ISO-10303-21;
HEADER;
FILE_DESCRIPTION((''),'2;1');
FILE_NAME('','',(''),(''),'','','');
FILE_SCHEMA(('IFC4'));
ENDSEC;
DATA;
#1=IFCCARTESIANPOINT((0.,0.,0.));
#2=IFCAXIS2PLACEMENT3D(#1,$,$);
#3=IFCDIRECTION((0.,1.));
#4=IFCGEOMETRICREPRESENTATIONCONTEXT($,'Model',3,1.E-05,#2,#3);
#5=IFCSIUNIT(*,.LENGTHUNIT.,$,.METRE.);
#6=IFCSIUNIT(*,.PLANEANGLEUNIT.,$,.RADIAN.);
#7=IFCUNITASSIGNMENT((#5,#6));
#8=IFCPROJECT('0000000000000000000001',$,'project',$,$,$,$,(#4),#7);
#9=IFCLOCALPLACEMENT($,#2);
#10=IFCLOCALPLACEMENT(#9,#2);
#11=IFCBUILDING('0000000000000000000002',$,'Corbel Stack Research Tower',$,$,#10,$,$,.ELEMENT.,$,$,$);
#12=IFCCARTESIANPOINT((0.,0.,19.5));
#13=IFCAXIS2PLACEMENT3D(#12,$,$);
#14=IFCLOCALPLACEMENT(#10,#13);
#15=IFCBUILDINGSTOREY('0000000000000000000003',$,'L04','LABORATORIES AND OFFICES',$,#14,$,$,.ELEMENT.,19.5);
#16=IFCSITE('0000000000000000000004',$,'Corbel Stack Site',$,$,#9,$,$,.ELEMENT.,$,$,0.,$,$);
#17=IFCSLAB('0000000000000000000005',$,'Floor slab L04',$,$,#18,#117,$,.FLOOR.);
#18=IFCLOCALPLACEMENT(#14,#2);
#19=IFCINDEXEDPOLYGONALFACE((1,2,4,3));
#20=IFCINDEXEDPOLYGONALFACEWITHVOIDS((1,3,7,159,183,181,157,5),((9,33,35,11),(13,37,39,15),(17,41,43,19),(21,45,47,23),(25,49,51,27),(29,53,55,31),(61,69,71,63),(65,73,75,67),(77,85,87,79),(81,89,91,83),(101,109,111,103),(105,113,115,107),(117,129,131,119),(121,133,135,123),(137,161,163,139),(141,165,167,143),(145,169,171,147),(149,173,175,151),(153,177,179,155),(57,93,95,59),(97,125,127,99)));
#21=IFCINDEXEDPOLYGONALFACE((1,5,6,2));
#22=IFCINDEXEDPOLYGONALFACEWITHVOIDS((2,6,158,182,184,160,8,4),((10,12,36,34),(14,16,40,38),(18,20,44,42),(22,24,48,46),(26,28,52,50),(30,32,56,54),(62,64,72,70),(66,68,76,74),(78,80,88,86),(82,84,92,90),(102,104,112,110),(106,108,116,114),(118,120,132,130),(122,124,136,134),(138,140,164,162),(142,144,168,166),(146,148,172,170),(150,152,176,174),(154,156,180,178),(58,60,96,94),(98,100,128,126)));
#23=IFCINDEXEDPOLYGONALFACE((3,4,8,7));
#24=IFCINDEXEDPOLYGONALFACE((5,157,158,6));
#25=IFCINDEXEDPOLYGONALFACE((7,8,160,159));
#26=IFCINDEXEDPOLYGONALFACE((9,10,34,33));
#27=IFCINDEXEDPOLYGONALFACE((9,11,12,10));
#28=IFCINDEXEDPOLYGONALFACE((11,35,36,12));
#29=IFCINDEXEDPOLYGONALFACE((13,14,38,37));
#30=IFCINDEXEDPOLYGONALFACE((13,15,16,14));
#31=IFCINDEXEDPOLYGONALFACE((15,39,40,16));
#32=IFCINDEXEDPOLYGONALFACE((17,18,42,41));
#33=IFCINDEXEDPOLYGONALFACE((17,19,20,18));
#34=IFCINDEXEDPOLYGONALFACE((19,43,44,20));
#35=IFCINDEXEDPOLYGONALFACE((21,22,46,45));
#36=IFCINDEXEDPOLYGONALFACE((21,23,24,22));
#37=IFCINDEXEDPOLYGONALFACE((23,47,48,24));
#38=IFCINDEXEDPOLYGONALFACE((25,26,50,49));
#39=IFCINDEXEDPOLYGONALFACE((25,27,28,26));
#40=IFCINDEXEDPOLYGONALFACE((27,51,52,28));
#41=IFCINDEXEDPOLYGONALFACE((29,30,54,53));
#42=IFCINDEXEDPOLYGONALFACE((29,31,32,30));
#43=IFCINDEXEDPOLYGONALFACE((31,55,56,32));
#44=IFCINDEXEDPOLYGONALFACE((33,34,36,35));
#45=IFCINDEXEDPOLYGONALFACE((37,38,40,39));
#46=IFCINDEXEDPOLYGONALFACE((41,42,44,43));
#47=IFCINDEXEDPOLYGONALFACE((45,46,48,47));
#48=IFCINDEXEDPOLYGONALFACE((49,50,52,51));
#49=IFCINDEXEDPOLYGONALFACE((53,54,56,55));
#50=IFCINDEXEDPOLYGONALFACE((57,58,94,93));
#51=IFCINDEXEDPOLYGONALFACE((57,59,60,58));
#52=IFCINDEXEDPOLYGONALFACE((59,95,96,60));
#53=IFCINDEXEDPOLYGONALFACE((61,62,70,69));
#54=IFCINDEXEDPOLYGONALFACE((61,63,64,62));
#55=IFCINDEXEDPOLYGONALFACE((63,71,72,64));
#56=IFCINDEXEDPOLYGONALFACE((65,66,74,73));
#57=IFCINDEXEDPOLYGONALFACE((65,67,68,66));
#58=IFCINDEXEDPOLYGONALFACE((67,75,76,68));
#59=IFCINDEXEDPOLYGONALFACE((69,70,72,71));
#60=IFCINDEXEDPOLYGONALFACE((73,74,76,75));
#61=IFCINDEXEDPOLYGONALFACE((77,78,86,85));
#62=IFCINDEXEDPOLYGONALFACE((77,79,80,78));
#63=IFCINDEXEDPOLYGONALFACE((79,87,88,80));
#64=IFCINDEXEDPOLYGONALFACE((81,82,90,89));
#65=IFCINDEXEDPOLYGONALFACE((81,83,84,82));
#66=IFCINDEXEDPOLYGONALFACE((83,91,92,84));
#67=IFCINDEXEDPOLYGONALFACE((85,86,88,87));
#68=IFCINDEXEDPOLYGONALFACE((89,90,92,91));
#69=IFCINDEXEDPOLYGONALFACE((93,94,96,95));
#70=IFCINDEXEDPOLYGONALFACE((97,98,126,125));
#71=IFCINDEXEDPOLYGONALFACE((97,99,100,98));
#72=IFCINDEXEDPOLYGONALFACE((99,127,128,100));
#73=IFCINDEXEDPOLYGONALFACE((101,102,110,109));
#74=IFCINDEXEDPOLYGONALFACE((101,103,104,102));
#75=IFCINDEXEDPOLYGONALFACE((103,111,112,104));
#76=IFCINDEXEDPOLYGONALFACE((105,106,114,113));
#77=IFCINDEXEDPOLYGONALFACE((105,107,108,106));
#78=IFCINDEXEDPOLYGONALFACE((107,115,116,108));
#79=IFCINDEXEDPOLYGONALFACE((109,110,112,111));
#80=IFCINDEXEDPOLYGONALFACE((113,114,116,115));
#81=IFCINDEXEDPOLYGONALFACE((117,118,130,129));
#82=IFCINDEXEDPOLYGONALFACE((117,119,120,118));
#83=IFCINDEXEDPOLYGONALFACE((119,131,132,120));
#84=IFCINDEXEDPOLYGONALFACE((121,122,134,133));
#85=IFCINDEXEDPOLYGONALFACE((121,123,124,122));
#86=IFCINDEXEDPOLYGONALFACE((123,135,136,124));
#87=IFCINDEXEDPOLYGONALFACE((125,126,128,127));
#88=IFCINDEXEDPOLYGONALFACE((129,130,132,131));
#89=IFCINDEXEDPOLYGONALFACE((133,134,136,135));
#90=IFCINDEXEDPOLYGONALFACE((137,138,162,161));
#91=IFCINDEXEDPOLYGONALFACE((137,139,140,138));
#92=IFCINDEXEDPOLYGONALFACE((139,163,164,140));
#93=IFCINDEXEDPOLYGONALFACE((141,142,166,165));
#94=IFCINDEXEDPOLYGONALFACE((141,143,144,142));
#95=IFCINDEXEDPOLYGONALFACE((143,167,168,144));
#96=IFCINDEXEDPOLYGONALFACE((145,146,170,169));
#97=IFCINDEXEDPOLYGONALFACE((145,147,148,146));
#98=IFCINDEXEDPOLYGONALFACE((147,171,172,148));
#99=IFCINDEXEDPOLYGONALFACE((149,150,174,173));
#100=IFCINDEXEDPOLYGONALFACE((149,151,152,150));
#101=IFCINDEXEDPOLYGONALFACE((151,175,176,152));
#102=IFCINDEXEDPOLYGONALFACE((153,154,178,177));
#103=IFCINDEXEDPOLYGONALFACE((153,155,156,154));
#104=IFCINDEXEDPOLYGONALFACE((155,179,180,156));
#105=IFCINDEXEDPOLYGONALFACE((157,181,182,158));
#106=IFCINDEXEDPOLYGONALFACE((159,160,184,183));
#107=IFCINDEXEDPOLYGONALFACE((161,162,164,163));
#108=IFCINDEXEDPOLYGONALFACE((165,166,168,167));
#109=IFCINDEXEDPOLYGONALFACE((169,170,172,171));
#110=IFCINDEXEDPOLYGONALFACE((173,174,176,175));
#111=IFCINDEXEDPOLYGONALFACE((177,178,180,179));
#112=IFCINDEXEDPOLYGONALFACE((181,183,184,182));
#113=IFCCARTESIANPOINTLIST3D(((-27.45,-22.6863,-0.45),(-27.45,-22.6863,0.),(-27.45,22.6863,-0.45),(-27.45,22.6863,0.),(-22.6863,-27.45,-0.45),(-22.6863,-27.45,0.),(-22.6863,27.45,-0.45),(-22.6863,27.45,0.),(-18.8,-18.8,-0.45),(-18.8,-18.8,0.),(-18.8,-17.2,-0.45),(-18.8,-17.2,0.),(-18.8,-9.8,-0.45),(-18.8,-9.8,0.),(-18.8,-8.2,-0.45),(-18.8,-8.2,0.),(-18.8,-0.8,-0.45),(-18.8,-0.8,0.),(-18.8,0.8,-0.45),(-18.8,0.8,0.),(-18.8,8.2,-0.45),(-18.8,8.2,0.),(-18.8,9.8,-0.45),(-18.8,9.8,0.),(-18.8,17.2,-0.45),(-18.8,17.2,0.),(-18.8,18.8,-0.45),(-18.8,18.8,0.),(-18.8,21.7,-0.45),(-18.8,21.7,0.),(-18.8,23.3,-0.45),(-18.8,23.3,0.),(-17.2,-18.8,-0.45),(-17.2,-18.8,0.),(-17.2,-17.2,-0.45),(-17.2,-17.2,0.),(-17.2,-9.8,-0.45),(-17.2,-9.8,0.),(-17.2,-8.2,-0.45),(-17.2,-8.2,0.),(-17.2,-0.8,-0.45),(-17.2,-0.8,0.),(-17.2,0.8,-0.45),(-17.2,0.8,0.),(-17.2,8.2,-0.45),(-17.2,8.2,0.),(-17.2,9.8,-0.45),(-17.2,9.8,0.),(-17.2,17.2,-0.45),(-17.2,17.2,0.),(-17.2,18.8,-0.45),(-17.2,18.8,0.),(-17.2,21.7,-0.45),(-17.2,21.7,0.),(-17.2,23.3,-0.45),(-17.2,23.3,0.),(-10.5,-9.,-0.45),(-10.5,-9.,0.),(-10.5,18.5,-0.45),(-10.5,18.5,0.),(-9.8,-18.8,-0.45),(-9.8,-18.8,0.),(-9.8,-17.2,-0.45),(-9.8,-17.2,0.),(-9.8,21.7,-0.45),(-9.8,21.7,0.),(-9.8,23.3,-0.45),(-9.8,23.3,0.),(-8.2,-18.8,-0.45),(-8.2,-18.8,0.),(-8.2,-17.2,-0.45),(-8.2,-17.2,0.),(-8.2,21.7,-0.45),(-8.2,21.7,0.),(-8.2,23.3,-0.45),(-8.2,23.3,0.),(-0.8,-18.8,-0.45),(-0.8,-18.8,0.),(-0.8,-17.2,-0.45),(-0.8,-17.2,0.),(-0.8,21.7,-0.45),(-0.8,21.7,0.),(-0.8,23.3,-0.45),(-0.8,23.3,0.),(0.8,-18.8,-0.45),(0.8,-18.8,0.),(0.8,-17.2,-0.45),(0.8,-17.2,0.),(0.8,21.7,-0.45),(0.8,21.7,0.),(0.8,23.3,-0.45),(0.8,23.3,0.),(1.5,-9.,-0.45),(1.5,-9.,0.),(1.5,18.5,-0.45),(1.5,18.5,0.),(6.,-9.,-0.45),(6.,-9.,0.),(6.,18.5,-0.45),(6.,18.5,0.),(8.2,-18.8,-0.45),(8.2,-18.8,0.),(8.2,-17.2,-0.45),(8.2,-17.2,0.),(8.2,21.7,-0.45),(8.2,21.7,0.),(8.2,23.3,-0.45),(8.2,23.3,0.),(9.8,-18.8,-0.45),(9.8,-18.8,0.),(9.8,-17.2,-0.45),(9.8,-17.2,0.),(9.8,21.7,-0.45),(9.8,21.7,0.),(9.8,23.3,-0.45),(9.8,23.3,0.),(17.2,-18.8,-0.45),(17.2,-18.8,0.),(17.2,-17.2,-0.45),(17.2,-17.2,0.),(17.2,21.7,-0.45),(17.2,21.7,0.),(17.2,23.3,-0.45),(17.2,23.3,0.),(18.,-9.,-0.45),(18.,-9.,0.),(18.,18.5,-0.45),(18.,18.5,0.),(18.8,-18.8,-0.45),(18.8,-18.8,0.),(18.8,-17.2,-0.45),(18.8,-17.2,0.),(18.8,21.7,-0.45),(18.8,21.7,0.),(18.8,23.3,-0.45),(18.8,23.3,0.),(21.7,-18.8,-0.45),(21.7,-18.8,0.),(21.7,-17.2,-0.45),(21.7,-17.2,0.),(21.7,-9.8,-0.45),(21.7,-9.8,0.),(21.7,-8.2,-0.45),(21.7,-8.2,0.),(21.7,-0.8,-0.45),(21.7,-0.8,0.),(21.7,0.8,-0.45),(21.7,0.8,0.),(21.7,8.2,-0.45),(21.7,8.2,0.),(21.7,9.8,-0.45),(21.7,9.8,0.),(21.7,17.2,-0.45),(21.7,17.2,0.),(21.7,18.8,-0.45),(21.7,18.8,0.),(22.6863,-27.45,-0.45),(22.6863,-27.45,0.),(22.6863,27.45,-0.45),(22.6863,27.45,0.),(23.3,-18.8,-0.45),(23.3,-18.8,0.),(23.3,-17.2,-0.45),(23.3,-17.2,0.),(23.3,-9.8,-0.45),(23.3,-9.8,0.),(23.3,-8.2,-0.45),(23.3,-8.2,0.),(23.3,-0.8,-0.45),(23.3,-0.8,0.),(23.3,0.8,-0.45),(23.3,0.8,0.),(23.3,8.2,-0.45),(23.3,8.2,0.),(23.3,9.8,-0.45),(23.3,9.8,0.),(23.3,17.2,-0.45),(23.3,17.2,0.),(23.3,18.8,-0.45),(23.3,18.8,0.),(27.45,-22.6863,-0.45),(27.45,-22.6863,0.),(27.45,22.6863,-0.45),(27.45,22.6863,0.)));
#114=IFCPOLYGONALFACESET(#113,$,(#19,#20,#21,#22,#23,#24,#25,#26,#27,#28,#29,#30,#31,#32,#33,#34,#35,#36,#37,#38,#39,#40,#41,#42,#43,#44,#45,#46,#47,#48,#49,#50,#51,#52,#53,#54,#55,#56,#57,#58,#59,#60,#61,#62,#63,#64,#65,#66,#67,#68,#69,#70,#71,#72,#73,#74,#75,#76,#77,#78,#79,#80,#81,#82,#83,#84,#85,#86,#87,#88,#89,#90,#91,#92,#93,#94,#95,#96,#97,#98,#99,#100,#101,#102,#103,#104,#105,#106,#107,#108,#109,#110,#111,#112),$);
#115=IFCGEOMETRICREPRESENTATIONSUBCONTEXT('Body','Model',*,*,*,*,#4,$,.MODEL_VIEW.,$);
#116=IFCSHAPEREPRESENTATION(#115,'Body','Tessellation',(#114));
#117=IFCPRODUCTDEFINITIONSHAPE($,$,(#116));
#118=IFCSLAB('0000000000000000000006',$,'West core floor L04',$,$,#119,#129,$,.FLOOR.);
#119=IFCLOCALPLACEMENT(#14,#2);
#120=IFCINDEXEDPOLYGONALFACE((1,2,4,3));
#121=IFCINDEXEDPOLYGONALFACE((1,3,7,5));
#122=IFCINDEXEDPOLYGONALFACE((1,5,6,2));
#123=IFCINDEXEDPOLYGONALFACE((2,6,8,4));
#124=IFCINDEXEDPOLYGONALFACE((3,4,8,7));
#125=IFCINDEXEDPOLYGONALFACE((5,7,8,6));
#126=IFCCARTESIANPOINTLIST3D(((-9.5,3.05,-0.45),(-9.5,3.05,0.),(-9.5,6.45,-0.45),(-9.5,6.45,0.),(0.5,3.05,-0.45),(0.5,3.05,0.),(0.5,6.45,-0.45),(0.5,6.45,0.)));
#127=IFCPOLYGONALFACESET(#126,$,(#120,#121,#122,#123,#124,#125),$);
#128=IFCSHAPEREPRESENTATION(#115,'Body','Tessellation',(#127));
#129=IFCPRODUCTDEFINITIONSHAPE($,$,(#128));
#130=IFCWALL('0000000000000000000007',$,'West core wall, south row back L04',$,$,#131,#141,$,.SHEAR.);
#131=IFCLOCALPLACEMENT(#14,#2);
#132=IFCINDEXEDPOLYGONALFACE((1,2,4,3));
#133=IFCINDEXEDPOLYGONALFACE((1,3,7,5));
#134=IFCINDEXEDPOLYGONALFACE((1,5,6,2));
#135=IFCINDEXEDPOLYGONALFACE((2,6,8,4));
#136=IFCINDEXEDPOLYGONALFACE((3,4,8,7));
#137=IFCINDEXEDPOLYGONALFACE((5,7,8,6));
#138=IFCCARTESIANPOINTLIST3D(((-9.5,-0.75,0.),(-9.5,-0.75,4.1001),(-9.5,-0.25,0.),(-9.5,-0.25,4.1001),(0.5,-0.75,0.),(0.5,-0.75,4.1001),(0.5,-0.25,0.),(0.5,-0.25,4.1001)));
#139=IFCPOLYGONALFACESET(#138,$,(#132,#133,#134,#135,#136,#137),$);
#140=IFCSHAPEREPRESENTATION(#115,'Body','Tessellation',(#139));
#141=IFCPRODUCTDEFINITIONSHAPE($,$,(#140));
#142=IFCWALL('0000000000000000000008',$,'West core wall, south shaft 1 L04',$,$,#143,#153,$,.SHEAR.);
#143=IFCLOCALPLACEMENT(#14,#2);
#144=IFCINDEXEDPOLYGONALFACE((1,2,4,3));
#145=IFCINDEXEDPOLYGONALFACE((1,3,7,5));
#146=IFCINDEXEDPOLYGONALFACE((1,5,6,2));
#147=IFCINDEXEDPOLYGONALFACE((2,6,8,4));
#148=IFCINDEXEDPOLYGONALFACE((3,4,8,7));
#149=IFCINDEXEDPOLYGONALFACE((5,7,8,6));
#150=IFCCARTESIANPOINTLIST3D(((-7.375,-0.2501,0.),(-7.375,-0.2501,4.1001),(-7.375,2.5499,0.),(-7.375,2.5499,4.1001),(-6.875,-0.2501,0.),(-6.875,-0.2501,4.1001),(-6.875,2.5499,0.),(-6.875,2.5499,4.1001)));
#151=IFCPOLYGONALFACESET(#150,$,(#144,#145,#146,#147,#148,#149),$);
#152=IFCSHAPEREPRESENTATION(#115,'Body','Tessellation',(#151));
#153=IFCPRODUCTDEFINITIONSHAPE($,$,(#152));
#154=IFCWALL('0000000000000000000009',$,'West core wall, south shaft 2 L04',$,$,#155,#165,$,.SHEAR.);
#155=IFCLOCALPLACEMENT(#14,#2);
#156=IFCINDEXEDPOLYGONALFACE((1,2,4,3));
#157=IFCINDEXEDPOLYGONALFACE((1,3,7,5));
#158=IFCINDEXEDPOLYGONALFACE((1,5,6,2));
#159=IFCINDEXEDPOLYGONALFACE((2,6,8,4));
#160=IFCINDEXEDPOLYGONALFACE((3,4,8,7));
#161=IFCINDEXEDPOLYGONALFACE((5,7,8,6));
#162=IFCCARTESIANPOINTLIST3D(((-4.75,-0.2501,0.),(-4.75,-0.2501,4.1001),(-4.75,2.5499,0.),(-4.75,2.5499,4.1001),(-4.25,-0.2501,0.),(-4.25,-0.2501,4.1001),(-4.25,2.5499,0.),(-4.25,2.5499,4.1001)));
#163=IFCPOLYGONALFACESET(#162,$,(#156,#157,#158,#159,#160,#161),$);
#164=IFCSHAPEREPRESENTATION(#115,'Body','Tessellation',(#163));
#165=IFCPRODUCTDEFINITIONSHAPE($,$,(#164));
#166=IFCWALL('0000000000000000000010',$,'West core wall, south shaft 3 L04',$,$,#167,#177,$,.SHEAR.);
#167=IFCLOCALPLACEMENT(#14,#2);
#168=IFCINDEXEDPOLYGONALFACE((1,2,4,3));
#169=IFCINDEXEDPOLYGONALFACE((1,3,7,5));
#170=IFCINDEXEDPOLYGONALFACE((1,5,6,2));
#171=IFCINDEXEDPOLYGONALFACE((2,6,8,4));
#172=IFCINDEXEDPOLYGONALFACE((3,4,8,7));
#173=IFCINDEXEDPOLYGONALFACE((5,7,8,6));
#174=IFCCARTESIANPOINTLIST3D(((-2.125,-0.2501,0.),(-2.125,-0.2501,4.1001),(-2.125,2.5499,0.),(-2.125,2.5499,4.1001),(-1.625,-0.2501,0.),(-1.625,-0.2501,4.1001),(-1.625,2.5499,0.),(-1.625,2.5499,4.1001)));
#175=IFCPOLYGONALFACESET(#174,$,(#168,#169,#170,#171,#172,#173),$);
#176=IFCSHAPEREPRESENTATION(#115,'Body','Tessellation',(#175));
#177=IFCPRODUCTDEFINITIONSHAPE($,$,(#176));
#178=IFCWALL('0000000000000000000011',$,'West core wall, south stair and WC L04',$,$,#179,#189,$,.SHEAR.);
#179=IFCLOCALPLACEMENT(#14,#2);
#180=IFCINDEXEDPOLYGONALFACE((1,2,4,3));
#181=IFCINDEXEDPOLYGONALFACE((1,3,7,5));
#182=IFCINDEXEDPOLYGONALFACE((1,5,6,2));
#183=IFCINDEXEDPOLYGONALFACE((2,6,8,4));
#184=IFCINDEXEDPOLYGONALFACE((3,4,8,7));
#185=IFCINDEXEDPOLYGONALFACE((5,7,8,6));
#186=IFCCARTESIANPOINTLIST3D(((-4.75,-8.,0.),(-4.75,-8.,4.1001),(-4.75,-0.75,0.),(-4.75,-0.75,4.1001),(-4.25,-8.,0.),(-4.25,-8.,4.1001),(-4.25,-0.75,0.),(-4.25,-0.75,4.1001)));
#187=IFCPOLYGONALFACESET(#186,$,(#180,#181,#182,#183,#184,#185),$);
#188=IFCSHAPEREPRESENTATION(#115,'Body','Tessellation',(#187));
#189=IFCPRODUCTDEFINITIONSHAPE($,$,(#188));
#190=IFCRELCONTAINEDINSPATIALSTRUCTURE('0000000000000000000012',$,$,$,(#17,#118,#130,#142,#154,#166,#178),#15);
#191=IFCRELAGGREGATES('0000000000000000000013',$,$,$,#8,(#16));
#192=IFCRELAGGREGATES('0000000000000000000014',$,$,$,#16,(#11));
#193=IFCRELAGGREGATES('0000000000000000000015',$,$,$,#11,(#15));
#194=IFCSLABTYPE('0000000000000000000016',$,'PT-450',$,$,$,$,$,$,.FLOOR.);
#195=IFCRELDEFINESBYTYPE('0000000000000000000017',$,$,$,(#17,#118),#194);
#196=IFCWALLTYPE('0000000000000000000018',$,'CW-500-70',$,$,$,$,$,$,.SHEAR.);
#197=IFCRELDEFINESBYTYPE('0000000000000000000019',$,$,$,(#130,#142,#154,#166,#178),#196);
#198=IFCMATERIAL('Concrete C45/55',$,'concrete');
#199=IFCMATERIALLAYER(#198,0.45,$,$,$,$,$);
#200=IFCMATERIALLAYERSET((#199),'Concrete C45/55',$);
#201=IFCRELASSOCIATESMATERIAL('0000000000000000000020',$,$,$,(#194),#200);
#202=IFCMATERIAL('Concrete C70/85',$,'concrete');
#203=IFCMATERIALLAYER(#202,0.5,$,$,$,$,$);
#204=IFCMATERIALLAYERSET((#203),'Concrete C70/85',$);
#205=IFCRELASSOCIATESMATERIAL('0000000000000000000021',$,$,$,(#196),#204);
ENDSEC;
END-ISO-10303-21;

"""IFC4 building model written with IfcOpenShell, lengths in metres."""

from ifc_helpers import new_model, si_unit, direction, frame, frame_2d, origin, place, context, subcontext, project, spatial, polyline, rectangle, outline, extrude, material, layer, layer_set, type_object, element, save


model = new_model("IFC4")

# Units and contexts
model_context = context("Model", 3, precision=1e-05, world=origin(), true_north=direction((0.0, 1.0)))
body_context = subcontext(model_context, "Body", "Model", "MODEL_VIEW")
ifc_project = project(units=[si_unit("LENGTHUNIT", "METRE"), si_unit("PLANEANGLEUNIT", "RADIAN")], contexts=[model_context])

# Site, building, storey
site_placement = place(None, origin())
site = spatial("IfcSite", under=ifc_project, at=site_placement, Name="Corbel Stack Site", CompositionType="ELEMENT", RefElevation=0.0)
building_placement = place(site_placement, origin())
building = spatial("IfcBuilding", under=site, at=building_placement, Name="Corbel Stack Research Tower", CompositionType="ELEMENT")
storey_placement = place(building_placement, frame((0.0, 0.0, 19.5)))
storey = spatial("IfcBuildingStorey", under=building, at=storey_placement, Name="L04", Description="LABORATORIES AND OFFICES", CompositionType="ELEMENT", Elevation=19.5)

# Slabs
ifc_material_1 = material(Name="Concrete C45/55", Category="concrete")
ifc_layer_1 = layer(ifc_material_1, 0.45)
ifc_layer_set_1 = layer_set([ifc_layer_1], Name="Concrete C45/55")
slab_type = type_object("IfcSlabType", Name="PT-450", PredefinedType="FLOOR", material=ifc_layer_set_1)
slab_1_placement = place(storey_placement, frame((0.0, 0.0, -0.45)))
element("IfcSlab", 1, at=slab_1_placement, inside=storey, type_object=slab_type, Name="Floor slab L04", PredefinedType="FLOOR", context=body_context, shape_type="SweptSolid", body=[
    extrude(outline(polyline([(-22.6863, -27.45), (22.6863, -27.45), (27.45, -22.6863), (27.45, 22.6863), (22.6863, 27.45), (-22.6863, 27.45), (-27.45, 22.6863), (-27.45, -22.6863), (-22.6863, -27.45)]), holes=[polyline([(23.3, 17.2), (21.7, 17.2), (21.7, 18.8), (23.3, 18.8), (23.3, 17.2)]), polyline([(21.7, 8.2), (21.7, 9.8), (23.3, 9.8), (23.3, 8.2), (21.7, 8.2)]), polyline([(23.3, -0.8), (21.7, -0.8), (21.7, 0.8), (23.3, 0.8), (23.3, -0.8)]), polyline([(21.7, -9.8), (21.7, -8.2), (23.3, -8.2), (23.3, -9.8), (21.7, -9.8)]), polyline([(21.7, -18.8), (21.7, -17.2), (23.3, -17.2), (23.3, -18.8), (21.7, -18.8)]), polyline([(17.2, 21.7), (17.2, 23.3), (18.8, 23.3), (18.8, 21.7), (17.2, 21.7)]), polyline([(18.8, -18.8), (17.2, -18.8), (17.2, -17.2), (18.8, -17.2), (18.8, -18.8)]), polyline([(6.0, -9.0), (6.0, 18.5), (18.0, 18.5), (18.0, -9.0), (6.0, -9.0)]), polyline([(8.2, 21.7), (8.2, 23.3), (9.8, 23.3), (9.8, 21.7), (8.2, 21.7)]), polyline([(9.8, -18.8), (8.2, -18.8), (8.2, -17.2), (9.8, -17.2), (9.8, -18.8)]), polyline([(1.5, -9.0), (-10.5, -9.0), (-10.5, 18.5), (1.5, 18.5), (1.5, -9.0)]), polyline([(0.8, 21.7), (-0.8, 21.7), (-0.8, 23.3), (0.8, 23.3), (0.8, 21.7)]), polyline([(0.8, -18.8), (-0.8, -18.8), (-0.8, -17.2), (0.8, -17.2), (0.8, -18.8)]), polyline([(-9.8, 21.7), (-9.8, 23.3), (-8.2, 23.3), (-8.2, 21.7), (-9.8, 21.7)]), polyline([(-8.2, -18.8), (-9.8, -18.8), (-9.8, -17.2), (-8.2, -17.2), (-8.2, -18.8)]), polyline([(-18.8, 21.7), (-18.8, 23.3), (-17.2, 23.3), (-17.2, 21.7), (-18.8, 21.7)]), polyline([(-17.2, 17.2), (-18.8, 17.2), (-18.8, 18.8), (-17.2, 18.8), (-17.2, 17.2)]), polyline([(-17.2, 8.2), (-18.8, 8.2), (-18.8, 9.8), (-17.2, 9.8), (-17.2, 8.2)]), polyline([(-18.8, -0.8), (-18.8, 0.8), (-17.2, 0.8), (-17.2, -0.8), (-18.8, -0.8)]), polyline([(-18.8, -9.8), (-18.8, -8.2), (-17.2, -8.2), (-17.2, -9.8), (-18.8, -9.8)]), polyline([(-17.2, -18.8), (-18.8, -18.8), (-18.8, -17.2), (-17.2, -17.2), (-17.2, -18.8)])]), origin(), (0.0, 0.0, 1.0), 0.45),
])
slab_2_placement = place(storey_placement, frame((0.0, 0.0, -0.45)))
element("IfcSlab", 2, at=slab_2_placement, inside=storey, type_object=slab_type, Name="West core floor L04", PredefinedType="FLOOR", context=body_context, shape_type="SweptSolid", body=[
    extrude(outline(polyline([(-9.5, 6.45), (-9.5, 3.05), (0.5, 3.05), (0.5, 6.45), (-9.5, 6.45)])), origin(), (0.0, 0.0, 1.0), 0.45),
])

# Walls
ifc_material_2 = material(Name="Concrete C70/85", Category="concrete")
ifc_layer_2 = layer(ifc_material_2, 0.5)
ifc_layer_set_2 = layer_set([ifc_layer_2], Name="Concrete C70/85")
wall_type_1 = type_object("IfcWallType", Name="CW-500-70", PredefinedType="SHEAR", material=ifc_layer_set_2)
wall_1_placement = place(storey_placement, frame((-9.5, -0.5, 0.0), z_axis=(0.0, 0.0, 1.0), x_axis=(1.0, 0.0, 0.0)))
element("IfcWall", 3, at=wall_1_placement, inside=storey, type_object=wall_type_1, Name="West core wall, south row back L04", PredefinedType="SHEAR", context=body_context, shape_type="SweptSolid", body=[
    extrude(rectangle(XDim=10.0, YDim=0.5, at=frame_2d((5.0, 0.0))), origin(), (0.0, 0.0, 1.0), 4.1001),
])
for number, where, z_axis, x_axis, name in (
    (4, (-7.125, -0.25, 0.0), (0.0, 0.0, 1.0), (0.0, 1.0, 0.0), "West core wall, south shaft 1 L04"),
    (5, (-4.5, -0.25, 0.0), (0.0, 0.0, 1.0), (0.0, 1.0, 0.0), "West core wall, south shaft 2 L04"),
    (6, (-1.875, -0.25, 0.0), (0.0, 0.0, 1.0), (0.0, 1.0, 0.0), "West core wall, south shaft 3 L04"),
):
    element("IfcWall", number, at=place(storey_placement, frame(where, z_axis=z_axis, x_axis=x_axis)), inside=storey, type_object=wall_type_1, Name=name, PredefinedType="SHEAR", context=body_context, shape_type="SweptSolid", body=[
        extrude(rectangle(XDim=2.8, YDim=0.5, at=frame_2d((1.3999, 0.0))), origin(), (0.0, 0.0, 1.0), 4.1001),
    ])
wall_2_placement = place(storey_placement, frame((-4.5, -8.0, 0.0), z_axis=(0.0, 0.0, 1.0), x_axis=(0.0, 1.0, 0.0)))
element("IfcWall", 7, at=wall_2_placement, inside=storey, type_object=wall_type_1, Name="West core wall, south stair and WC L04", PredefinedType="SHEAR", context=body_context, shape_type="SweptSolid", body=[
    extrude(rectangle(XDim=7.25, YDim=0.5, at=frame_2d((3.625, 0.0))), origin(), (0.0, 0.0, 1.0), 4.1001),
])

save(model, "model.ifc")
